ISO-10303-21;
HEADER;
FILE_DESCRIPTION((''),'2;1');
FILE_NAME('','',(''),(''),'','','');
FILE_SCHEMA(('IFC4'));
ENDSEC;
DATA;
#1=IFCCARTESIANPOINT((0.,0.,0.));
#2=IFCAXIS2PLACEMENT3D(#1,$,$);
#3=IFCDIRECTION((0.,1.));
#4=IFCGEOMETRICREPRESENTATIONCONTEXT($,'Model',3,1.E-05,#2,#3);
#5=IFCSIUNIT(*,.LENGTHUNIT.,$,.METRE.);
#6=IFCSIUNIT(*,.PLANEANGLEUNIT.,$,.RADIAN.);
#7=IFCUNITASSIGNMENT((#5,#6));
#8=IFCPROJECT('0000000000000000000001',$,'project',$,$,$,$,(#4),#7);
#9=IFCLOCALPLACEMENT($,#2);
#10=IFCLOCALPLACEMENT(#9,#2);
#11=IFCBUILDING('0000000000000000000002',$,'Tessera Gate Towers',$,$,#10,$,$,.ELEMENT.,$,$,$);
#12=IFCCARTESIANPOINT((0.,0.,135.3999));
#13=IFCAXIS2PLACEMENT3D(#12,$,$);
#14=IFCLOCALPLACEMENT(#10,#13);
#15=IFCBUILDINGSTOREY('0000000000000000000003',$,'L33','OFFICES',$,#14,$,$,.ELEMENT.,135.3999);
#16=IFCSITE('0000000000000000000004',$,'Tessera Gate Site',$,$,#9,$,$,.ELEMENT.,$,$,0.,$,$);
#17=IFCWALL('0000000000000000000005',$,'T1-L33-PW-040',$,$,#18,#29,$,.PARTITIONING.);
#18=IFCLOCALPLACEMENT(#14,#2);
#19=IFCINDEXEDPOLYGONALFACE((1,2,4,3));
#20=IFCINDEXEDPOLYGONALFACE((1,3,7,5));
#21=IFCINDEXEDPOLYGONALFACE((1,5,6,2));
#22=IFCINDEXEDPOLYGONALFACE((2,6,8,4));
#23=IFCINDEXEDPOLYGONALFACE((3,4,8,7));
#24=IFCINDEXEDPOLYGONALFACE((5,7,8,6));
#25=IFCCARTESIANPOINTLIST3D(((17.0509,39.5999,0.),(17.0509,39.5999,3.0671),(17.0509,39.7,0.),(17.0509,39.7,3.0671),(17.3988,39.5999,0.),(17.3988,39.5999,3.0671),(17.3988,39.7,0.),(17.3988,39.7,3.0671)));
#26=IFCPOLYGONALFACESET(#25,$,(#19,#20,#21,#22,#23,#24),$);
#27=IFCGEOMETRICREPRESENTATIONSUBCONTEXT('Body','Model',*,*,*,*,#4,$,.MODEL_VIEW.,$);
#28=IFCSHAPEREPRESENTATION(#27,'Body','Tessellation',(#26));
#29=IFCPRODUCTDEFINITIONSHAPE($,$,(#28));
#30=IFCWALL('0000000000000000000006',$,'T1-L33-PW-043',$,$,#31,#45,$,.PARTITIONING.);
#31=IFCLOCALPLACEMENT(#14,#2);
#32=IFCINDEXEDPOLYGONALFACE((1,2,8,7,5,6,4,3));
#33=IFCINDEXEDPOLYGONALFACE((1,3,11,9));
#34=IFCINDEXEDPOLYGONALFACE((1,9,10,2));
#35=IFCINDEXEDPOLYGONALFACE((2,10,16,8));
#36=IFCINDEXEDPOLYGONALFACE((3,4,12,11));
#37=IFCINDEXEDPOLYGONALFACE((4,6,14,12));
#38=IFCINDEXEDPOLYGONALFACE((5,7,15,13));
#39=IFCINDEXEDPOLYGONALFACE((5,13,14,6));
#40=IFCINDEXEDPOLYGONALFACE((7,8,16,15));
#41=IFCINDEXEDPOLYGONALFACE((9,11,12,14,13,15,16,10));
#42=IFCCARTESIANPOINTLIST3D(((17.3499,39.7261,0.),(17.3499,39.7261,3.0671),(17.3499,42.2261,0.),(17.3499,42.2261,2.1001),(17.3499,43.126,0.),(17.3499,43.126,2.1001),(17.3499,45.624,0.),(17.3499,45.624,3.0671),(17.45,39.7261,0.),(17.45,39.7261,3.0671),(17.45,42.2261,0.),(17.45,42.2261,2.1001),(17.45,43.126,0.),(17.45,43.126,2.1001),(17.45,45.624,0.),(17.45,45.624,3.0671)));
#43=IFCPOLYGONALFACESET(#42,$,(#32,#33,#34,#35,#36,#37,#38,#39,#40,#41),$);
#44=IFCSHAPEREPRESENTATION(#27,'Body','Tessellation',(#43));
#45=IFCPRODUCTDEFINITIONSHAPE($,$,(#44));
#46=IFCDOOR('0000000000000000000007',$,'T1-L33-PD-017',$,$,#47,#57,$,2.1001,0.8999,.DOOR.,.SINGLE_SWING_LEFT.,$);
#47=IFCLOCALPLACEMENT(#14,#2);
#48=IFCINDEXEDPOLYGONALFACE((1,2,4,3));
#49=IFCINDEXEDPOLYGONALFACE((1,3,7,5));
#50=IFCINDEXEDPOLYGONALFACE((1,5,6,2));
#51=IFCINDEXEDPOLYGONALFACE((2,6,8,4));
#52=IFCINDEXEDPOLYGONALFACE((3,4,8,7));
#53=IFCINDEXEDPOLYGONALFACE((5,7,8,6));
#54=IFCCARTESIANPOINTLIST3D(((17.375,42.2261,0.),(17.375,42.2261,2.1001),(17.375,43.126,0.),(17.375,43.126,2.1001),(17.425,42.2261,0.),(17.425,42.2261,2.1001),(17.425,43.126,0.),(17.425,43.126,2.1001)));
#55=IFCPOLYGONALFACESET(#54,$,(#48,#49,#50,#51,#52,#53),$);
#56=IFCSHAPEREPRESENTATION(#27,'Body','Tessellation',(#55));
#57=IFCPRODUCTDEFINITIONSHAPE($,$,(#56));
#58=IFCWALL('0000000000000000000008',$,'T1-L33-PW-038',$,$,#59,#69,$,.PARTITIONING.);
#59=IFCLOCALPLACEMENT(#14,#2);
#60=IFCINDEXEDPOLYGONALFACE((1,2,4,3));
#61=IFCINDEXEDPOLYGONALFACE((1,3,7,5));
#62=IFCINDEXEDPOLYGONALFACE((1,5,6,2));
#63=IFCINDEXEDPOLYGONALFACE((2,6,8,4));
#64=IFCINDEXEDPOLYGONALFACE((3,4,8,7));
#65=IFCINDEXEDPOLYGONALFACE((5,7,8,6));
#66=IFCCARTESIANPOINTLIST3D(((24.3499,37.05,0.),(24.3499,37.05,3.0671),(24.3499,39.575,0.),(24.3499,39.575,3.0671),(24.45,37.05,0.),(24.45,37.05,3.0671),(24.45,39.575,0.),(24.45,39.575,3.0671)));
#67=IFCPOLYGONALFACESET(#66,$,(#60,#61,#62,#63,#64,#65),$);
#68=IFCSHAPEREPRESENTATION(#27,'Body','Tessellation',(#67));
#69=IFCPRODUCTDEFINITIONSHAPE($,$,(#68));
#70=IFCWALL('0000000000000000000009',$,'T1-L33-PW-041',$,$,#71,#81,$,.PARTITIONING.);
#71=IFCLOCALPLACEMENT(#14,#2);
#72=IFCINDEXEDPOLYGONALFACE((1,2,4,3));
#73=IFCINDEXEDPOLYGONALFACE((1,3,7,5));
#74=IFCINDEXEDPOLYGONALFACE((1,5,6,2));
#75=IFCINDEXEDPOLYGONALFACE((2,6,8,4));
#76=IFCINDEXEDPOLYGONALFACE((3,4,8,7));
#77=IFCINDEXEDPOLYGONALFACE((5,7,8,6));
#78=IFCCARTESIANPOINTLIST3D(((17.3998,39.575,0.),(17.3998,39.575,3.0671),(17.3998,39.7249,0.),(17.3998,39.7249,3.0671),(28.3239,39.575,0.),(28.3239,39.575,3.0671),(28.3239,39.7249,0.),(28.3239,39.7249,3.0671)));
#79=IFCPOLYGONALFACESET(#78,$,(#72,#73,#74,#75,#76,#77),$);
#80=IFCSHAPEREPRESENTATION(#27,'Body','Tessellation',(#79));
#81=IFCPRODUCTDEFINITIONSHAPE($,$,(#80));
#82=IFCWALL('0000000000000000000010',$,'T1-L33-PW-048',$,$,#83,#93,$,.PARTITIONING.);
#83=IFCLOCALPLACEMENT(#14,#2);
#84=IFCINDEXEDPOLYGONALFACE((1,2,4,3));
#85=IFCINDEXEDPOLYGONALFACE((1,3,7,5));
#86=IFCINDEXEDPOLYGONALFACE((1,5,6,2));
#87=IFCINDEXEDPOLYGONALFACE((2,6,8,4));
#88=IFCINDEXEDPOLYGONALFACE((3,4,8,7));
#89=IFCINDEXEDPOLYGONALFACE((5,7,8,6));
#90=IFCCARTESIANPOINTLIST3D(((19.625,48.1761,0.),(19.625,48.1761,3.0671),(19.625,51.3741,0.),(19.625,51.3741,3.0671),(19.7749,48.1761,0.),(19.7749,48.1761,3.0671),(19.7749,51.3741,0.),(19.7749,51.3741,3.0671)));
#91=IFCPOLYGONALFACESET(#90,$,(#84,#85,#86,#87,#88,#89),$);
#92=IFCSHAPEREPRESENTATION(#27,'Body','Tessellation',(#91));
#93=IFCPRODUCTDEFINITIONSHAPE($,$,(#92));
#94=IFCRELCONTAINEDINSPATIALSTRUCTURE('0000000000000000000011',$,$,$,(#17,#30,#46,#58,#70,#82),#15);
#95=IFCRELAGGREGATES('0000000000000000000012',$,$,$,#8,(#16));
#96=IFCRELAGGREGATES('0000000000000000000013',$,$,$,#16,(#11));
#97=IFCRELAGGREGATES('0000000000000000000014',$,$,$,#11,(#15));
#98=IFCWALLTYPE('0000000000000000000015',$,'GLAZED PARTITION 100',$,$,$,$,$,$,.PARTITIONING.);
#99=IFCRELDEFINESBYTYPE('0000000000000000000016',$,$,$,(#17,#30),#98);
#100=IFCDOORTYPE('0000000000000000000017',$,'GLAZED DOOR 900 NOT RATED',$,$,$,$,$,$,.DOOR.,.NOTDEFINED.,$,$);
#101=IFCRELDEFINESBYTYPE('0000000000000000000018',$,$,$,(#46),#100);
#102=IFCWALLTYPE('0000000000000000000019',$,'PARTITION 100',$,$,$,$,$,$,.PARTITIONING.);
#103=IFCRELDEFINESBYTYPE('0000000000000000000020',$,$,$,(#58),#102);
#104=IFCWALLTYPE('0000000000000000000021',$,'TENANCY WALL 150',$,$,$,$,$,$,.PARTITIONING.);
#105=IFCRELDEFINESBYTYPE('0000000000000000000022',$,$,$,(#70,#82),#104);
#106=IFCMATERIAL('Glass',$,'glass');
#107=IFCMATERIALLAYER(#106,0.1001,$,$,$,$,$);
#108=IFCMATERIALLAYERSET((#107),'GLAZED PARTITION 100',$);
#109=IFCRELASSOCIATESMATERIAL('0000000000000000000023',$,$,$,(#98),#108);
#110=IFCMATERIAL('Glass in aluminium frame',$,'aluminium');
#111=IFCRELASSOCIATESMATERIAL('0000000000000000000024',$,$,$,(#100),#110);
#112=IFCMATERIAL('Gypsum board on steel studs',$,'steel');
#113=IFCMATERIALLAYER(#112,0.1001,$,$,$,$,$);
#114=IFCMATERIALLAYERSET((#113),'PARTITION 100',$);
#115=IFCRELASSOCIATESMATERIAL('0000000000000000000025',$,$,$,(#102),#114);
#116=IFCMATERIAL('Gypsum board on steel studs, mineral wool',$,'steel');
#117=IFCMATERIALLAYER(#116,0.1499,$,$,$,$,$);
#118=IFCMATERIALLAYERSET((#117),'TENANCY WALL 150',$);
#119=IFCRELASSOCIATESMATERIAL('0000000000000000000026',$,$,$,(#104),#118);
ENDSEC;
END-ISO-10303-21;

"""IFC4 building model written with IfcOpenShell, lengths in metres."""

from ifc_helpers import new_model, si_unit, direction, frame, frame_2d, origin, place, context, subcontext, project, spatial, rectangle, extrude, source, transform, mapped, material, layer, layer_set, type_object, element, fill, save


model = new_model("IFC4")

# Units and contexts
model_context = context("Model", 3, precision=1e-05, world=origin(), true_north=direction((0.0, 1.0)))
body_context = subcontext(model_context, "Body", "Model", "MODEL_VIEW")
ifc_project = project(units=[si_unit("LENGTHUNIT", "METRE"), si_unit("PLANEANGLEUNIT", "RADIAN")], contexts=[model_context])

# Site, building, storey
site_placement = place(None, origin())
site = spatial("IfcSite", under=ifc_project, at=site_placement, Name="Tessera Gate Site", CompositionType="ELEMENT", RefElevation=0.0)
building_placement = place(site_placement, origin())
building = spatial("IfcBuilding", under=site, at=building_placement, Name="Tessera Gate Towers", CompositionType="ELEMENT")
storey_placement = place(building_placement, frame((0.0, 0.0, 135.3999)))
storey = spatial("IfcBuildingStorey", under=building, at=storey_placement, Name="L33", Description="OFFICES", CompositionType="ELEMENT", Elevation=135.3999)

# Shared definitions
shared_shape_1 = source(origin(), body_context, "Body", "SweptSolid", [
    extrude(rectangle(XDim=0.8999, YDim=2.1001, at=frame_2d((0.45, 1.05))), frame((0.0, 0.0249, 0.0), z_axis=(0.0, -1.0, 0.0), x_axis=(1.0, 0.0, 0.0)), (0.0, 0.0, 1.0), 0.05),
])

# Wall
ifc_material_1 = material(Name="Glass", Category="glass")
ifc_layer_1 = layer(ifc_material_1, 0.1001)
ifc_layer_set_1 = layer_set([ifc_layer_1], Name="GLAZED PARTITION 100")
wall_type_1 = type_object("IfcWallType", Name="GLAZED PARTITION 100", PredefinedType="PARTITIONING", material=ifc_layer_set_1)
wall_1_placement = place(storey_placement, frame((17.051, 39.6499, 0.0), z_axis=(0.0, 0.0, 1.0), x_axis=(1.0, 0.0, 0.0)))
element("IfcWall", 1, at=wall_1_placement, inside=storey, type_object=wall_type_1, Name="T1-L33-PW-040", PredefinedType="PARTITIONING", context=body_context, shape_type="SweptSolid", body=[
    extrude(rectangle(XDim=0.3479, YDim=0.1001, at=frame_2d((0.1738, 0.0))), origin(), (0.0, 0.0, 1.0), 3.0671),
])

# Wall, opening, door
wall_2_placement = place(storey_placement, frame((17.3999, 39.7261, 0.0), z_axis=(0.0, 0.0, 1.0), x_axis=(0.0, 1.0, 0.0)))
wall_2 = element("IfcWall", 2, at=wall_2_placement, inside=storey, type_object=wall_type_1, Name="T1-L33-PW-043", PredefinedType="PARTITIONING", context=body_context, shape_type="SweptSolid", body=[
    extrude(rectangle(XDim=5.8979, YDim=0.1001, at=frame_2d((2.949, 0.0))), origin(), (0.0, 0.0, 1.0), 3.0671),
])
shared_shape_2 = source(origin(), body_context, "Body", "SweptSolid", [
    extrude(rectangle(XDim=0.8999, YDim=2.1001, at=frame_2d((0.45, 1.05))), frame((0.0, 0.0601, 0.0), z_axis=(0.0, -1.0, 0.0), x_axis=(1.0, 0.0, 0.0)), (0.0, 0.0, 1.0), 0.1201),
])
opening_1_placement = place(wall_2_placement, frame((2.5, 0.0, 0.0)))
opening_1 = element("IfcOpeningElement", 3, at=opening_1_placement, cuts=wall_2, PredefinedType="OPENING", context=body_context, shape_type="MappedRepresentation", body=[
    mapped(shared_shape_2, transform((0.0, 0.0, 0.0), scale=1.0)),
])
ifc_material_2 = material(Name="Glass in aluminium frame", Category="aluminium")
door_type_1 = type_object("IfcDoorType", Name="GLAZED DOOR 900 NOT RATED", OperationType="NOTDEFINED", PredefinedType="DOOR", material=ifc_material_2)
door_1_placement = place(opening_1_placement, origin())
door_1 = element("IfcDoor", 4, at=door_1_placement, inside=storey, type_object=door_type_1, Name="T1-L33-PD-017", OperationType="SINGLE_SWING_LEFT", OverallHeight=2.1001, OverallWidth=0.8999, PredefinedType="DOOR", context=body_context, shape_type="MappedRepresentation", body=[
    mapped(shared_shape_1, transform((0.0, 0.0, 0.0), scale=1.0)),
])
fill(opening_1, door_1)

# Walls
ifc_material_3 = material(Name="Gypsum board on steel studs", Category="steel")
ifc_layer_2 = layer(ifc_material_3, 0.1001)
ifc_layer_set_2 = layer_set([ifc_layer_2], Name="PARTITION 100")
wall_type_2 = type_object("IfcWallType", Name="PARTITION 100", PredefinedType="PARTITIONING", material=ifc_layer_set_2)
wall_3_placement = place(storey_placement, frame((24.3999, 37.05, 0.0), z_axis=(0.0, 0.0, 1.0), x_axis=(0.0, 1.0, 0.0)))
element("IfcWall", 5, at=wall_3_placement, inside=storey, type_object=wall_type_2, Name="T1-L33-PW-038", PredefinedType="PARTITIONING", context=body_context, shape_type="SweptSolid", body=[
    extrude(rectangle(XDim=2.5249, YDim=0.1001, at=frame_2d((1.2625, 0.0))), origin(), (0.0, 0.0, 1.0), 3.0671),
])
ifc_material_4 = material(Name="Gypsum board on steel studs, mineral wool", Category="steel")
ifc_layer_3 = layer(ifc_material_4, 0.1499)
ifc_layer_set_3 = layer_set([ifc_layer_3], Name="TENANCY WALL 150")
wall_type_3 = type_object("IfcWallType", Name="TENANCY WALL 150", PredefinedType="PARTITIONING", material=ifc_layer_set_3)
wall_4_placement = place(storey_placement, frame((17.3999, 39.6499, 0.0), z_axis=(0.0, 0.0, 1.0), x_axis=(1.0, 0.0, 0.0)))
element("IfcWall", 6, at=wall_4_placement, inside=storey, type_object=wall_type_3, Name="T1-L33-PW-041", PredefinedType="PARTITIONING", context=body_context, shape_type="SweptSolid", body=[
    extrude(rectangle(XDim=10.9241, YDim=0.1499, at=frame_2d((5.4619, 0.0))), origin(), (0.0, 0.0, 1.0), 3.0671),
])
wall_5_placement = place(storey_placement, frame((19.7, 48.176, 0.0), z_axis=(0.0, 0.0, 1.0), x_axis=(0.0, 1.0, 0.0)))
element("IfcWall", 7, at=wall_5_placement, inside=storey, type_object=wall_type_3, Name="T1-L33-PW-048", PredefinedType="PARTITIONING", context=body_context, shape_type="SweptSolid", body=[
    extrude(rectangle(XDim=3.198, YDim=0.1499, at=frame_2d((1.5991, 0.0))), origin(), (0.0, 0.0, 1.0), 3.0671),
])

save(model, "model.ifc")
